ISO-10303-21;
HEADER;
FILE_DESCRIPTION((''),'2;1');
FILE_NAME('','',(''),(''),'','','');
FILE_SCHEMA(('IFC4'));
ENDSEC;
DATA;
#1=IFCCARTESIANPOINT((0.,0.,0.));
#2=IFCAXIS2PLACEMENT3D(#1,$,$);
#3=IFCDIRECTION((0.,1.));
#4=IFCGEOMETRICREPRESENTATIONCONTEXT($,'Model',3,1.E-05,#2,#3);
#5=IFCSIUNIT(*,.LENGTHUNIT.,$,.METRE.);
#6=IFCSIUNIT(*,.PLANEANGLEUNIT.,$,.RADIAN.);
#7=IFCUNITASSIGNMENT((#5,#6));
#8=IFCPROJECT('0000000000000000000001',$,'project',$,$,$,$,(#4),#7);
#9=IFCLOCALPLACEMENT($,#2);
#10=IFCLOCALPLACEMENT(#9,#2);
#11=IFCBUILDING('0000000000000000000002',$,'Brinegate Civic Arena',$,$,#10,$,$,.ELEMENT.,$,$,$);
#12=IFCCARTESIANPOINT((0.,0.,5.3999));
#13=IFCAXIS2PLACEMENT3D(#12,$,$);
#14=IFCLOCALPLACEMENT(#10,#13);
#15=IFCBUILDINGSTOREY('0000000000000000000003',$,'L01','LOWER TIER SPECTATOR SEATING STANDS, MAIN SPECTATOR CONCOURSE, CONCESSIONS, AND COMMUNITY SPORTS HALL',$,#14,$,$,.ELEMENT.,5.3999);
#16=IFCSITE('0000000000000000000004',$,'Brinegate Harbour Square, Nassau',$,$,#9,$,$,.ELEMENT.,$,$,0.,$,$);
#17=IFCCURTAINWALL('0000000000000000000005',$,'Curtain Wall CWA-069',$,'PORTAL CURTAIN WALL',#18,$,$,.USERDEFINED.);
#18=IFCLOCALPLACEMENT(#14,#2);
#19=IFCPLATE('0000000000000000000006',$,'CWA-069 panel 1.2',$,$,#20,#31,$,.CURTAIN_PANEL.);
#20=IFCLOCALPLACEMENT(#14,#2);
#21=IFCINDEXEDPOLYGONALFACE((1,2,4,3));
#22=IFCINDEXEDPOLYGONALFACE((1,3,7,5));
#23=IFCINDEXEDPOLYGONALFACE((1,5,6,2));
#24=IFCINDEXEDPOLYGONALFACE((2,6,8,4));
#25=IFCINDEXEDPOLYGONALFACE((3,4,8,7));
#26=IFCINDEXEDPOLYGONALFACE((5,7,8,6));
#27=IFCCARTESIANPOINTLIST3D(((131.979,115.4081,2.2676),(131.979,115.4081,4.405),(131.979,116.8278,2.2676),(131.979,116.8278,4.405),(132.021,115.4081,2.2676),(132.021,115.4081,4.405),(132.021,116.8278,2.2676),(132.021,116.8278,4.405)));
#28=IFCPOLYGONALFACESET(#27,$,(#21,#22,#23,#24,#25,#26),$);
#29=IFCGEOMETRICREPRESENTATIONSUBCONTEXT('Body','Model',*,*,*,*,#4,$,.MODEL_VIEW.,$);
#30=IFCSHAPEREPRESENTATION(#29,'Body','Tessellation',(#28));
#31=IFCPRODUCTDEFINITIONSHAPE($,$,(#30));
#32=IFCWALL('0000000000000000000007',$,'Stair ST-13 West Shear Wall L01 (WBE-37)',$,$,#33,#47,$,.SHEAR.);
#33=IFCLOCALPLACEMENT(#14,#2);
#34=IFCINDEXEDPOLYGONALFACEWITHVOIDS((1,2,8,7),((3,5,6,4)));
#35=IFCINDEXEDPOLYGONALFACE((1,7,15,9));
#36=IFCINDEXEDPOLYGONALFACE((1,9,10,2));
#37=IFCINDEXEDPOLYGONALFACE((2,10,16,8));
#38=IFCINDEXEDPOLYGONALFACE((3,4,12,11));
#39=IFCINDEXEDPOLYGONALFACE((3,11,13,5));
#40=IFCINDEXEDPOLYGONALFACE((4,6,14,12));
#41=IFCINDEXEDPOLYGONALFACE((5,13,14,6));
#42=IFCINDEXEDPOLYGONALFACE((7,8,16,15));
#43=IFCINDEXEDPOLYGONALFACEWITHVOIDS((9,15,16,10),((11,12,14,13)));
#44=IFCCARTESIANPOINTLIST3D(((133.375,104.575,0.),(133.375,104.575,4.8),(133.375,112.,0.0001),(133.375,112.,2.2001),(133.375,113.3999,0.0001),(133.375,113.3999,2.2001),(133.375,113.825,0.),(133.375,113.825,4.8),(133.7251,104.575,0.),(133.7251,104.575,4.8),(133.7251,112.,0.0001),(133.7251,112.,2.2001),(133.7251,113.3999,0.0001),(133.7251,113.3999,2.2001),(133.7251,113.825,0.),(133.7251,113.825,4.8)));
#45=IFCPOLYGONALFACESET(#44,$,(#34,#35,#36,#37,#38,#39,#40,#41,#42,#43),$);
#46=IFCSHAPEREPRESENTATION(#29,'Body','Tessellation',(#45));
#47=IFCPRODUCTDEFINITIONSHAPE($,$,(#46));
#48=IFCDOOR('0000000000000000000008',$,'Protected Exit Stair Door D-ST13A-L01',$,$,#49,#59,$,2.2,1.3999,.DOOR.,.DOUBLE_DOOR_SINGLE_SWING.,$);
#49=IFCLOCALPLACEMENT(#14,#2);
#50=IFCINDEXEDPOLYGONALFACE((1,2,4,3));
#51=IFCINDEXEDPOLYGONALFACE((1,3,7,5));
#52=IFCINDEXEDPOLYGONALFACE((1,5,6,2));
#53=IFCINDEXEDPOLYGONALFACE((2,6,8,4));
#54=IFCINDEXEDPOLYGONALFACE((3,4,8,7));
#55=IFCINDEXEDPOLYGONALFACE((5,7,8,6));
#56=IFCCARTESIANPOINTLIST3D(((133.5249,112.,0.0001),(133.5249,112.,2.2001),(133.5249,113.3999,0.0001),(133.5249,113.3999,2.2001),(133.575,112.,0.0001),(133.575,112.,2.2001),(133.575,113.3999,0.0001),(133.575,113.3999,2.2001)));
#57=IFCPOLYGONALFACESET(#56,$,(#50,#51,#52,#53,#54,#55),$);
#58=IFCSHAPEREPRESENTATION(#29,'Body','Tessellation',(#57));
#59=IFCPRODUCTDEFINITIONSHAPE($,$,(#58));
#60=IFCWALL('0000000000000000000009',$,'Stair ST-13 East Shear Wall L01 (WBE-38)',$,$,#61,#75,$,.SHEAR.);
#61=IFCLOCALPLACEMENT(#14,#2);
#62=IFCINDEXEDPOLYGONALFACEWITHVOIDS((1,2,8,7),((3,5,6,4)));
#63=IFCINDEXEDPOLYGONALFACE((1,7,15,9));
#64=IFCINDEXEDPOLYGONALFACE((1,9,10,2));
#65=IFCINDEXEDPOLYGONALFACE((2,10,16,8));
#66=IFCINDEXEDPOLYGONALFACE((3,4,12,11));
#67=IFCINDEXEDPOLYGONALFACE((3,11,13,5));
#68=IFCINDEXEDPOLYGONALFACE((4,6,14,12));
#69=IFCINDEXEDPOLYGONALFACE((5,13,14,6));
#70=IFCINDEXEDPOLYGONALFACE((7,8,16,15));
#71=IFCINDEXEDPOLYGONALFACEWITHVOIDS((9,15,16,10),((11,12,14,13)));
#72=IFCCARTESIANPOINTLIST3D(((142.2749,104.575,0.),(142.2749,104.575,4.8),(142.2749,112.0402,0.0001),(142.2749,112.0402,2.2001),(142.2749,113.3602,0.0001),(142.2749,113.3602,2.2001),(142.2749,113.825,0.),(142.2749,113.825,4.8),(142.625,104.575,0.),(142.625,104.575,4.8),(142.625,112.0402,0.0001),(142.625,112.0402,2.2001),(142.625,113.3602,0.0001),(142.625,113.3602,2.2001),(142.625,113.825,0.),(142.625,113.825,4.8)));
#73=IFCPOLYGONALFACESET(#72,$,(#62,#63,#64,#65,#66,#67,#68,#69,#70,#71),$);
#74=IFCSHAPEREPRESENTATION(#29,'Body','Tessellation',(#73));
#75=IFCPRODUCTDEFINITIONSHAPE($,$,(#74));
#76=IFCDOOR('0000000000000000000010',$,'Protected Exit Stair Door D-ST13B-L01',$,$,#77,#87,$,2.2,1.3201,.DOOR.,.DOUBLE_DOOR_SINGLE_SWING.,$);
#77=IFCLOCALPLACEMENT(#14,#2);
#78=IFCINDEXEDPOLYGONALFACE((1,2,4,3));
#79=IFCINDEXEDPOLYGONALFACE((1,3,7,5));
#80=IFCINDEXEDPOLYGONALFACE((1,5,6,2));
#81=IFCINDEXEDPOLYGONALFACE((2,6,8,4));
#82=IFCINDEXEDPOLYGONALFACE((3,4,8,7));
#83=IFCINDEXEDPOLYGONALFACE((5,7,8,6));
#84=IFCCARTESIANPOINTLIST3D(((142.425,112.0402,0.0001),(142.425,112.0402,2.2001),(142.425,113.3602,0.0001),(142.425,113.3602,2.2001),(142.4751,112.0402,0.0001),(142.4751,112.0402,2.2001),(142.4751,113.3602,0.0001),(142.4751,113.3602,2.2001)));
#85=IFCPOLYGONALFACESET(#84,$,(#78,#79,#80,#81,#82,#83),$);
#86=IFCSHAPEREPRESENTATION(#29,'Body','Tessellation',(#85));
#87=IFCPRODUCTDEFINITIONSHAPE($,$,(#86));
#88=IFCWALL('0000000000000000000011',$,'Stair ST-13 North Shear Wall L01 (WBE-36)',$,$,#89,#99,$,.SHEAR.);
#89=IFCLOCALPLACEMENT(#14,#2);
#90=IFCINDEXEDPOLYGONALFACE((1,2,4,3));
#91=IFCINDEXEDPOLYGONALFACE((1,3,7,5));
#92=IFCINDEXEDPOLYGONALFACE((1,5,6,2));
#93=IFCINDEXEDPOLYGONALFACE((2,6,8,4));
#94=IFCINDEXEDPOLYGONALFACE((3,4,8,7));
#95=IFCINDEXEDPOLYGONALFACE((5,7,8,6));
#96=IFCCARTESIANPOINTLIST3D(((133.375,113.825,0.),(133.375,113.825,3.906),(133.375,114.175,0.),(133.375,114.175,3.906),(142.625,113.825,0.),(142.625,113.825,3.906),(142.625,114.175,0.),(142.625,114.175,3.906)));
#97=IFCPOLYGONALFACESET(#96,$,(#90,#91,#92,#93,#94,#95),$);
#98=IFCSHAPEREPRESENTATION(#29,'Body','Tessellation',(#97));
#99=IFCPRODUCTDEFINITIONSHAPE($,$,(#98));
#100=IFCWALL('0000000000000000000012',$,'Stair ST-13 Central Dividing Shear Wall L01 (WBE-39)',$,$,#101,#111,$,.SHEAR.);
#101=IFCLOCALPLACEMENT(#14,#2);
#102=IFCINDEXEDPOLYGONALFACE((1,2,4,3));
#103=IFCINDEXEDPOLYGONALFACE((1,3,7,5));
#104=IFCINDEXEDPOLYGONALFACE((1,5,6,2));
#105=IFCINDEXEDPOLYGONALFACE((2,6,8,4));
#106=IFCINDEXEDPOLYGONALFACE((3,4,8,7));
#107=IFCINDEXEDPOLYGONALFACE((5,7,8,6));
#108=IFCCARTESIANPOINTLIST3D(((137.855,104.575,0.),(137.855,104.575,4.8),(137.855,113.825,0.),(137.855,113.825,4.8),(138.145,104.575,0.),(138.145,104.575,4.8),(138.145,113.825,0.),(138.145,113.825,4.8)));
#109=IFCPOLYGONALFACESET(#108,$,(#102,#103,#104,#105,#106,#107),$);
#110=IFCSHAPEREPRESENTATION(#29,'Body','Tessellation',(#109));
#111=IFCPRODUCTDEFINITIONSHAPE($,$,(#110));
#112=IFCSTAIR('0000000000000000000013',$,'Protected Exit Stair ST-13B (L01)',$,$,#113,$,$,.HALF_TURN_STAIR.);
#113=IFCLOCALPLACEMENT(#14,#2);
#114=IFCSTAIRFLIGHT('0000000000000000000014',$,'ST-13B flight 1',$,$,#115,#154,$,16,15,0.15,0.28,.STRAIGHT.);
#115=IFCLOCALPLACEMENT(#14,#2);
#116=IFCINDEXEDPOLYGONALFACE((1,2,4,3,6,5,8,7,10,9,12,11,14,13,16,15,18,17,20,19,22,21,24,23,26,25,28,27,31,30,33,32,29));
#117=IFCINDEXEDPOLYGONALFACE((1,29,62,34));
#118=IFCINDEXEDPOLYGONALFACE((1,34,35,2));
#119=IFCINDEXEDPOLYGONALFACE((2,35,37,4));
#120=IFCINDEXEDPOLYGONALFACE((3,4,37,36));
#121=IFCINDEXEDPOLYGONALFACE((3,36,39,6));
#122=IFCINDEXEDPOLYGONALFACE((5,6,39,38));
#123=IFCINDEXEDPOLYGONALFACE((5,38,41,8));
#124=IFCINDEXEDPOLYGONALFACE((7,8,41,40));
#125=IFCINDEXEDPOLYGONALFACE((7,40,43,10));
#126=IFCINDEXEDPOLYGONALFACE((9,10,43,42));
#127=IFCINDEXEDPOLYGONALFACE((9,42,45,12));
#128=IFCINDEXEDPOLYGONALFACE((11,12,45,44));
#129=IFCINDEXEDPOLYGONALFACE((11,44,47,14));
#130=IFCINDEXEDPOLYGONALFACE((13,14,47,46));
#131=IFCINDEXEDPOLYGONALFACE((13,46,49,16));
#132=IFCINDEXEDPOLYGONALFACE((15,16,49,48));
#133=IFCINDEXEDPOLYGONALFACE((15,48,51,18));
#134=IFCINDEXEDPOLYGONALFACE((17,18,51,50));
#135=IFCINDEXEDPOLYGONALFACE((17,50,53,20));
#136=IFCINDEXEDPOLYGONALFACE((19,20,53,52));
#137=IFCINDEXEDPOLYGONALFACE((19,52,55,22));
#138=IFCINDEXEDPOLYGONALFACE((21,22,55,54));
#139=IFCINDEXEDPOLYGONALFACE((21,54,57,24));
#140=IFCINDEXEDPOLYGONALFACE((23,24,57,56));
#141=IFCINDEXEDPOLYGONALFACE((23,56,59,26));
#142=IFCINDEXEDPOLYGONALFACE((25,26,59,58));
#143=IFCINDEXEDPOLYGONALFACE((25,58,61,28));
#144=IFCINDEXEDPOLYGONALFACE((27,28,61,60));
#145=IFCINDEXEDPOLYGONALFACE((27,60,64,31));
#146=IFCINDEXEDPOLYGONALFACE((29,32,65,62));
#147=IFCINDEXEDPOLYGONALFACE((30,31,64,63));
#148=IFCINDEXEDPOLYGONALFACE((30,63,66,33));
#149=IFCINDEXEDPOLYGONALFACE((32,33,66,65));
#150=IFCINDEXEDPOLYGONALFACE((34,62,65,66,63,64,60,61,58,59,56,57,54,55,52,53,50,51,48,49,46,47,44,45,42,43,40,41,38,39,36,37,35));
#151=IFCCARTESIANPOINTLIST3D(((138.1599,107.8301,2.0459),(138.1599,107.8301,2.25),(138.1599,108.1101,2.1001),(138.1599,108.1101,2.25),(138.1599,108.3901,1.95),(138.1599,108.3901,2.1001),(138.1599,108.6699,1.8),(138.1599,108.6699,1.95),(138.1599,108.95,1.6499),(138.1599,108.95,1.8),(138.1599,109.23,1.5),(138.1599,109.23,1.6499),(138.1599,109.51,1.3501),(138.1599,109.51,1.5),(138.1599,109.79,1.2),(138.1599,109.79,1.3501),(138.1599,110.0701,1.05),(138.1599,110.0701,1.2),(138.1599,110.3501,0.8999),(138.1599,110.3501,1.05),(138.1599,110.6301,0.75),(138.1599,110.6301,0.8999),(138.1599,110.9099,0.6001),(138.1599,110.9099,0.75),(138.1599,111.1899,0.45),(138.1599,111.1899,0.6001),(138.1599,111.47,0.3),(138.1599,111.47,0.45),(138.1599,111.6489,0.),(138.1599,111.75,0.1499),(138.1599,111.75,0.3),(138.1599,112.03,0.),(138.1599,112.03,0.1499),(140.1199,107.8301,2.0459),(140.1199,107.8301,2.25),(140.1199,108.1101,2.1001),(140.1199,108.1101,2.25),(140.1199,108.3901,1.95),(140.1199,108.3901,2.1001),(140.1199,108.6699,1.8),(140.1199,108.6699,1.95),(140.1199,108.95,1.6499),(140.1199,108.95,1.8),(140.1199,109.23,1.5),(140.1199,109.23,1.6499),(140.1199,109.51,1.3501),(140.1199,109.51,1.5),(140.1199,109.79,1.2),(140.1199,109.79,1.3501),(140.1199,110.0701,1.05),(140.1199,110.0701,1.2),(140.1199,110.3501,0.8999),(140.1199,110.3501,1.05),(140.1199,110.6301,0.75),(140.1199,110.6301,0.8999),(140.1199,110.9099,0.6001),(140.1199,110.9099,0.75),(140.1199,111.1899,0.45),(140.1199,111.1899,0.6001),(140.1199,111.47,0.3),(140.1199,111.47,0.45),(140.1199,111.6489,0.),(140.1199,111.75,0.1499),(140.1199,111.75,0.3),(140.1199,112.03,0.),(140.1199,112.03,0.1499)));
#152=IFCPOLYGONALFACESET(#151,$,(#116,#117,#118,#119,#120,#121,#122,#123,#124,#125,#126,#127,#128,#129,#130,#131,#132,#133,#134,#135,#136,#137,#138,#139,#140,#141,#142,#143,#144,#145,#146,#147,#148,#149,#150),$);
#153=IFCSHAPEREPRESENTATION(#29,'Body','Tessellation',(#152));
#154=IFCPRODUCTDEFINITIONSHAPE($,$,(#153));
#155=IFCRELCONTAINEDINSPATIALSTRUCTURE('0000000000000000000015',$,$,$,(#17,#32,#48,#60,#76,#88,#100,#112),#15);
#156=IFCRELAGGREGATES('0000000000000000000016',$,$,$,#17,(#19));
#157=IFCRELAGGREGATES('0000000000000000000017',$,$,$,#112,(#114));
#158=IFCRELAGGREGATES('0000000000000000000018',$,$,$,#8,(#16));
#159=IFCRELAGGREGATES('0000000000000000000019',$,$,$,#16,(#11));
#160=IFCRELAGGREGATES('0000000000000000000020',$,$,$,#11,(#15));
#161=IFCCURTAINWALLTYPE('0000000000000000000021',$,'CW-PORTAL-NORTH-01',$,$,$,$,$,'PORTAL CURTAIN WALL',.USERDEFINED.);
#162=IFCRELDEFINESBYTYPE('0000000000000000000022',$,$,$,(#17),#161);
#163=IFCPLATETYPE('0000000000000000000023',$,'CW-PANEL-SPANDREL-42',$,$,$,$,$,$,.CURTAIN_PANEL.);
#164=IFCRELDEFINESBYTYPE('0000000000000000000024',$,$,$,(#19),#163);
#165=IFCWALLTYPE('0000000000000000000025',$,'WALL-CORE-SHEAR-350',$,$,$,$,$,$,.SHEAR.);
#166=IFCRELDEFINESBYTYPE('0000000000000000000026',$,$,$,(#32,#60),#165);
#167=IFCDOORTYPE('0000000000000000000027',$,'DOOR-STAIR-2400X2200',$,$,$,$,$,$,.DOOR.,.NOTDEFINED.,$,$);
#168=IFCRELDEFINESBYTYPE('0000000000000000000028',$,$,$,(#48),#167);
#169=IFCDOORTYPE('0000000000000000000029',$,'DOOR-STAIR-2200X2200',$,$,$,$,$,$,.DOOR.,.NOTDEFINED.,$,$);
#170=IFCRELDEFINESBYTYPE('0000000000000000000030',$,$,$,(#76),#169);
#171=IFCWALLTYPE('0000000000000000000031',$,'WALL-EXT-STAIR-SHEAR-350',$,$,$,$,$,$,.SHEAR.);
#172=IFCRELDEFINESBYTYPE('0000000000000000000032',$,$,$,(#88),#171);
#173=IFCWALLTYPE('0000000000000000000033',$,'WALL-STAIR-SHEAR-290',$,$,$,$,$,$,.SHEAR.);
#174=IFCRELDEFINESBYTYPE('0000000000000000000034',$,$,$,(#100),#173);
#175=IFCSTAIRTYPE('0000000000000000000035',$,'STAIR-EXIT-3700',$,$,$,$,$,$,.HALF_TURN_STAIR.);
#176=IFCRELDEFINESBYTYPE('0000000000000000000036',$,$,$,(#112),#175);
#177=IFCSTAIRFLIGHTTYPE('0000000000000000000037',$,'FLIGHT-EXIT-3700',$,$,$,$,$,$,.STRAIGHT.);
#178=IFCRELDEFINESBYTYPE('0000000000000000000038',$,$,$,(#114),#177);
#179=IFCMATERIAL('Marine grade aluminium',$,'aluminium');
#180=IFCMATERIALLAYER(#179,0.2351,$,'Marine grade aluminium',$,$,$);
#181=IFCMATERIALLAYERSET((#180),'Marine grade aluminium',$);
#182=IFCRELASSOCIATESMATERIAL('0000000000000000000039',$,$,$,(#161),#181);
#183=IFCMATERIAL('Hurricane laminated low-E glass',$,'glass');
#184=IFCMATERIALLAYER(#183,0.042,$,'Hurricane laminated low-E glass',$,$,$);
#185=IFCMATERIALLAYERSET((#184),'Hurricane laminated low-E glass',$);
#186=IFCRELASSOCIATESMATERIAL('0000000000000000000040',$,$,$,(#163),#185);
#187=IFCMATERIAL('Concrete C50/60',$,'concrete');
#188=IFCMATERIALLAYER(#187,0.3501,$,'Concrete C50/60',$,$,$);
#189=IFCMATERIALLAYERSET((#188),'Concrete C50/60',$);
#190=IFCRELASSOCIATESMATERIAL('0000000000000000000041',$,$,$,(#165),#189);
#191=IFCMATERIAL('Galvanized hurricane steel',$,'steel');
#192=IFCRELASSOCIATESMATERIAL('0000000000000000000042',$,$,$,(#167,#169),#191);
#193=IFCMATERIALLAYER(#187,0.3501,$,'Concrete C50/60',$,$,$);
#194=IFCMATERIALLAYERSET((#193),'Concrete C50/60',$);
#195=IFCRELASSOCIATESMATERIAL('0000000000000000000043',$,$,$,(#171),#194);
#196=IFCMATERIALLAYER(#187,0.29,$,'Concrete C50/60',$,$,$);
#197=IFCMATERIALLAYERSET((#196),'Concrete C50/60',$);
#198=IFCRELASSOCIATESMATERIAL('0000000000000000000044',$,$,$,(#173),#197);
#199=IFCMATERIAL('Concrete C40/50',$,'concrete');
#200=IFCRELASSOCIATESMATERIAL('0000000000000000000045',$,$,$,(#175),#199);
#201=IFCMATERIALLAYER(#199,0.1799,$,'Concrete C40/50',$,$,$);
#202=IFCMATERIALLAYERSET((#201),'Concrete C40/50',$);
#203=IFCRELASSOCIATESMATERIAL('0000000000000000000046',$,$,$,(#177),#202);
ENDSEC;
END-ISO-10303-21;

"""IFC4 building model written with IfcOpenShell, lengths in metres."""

from ifc_helpers import new_model, si_unit, direction, frame, frame_2d, origin, origin_2d, place, context, subcontext, project, spatial, polyline, rectangle, outline, extrude, material, layer, layer_set, type_object, element, fill, aggregate, save


model = new_model("IFC4")

# Units and contexts
model_context = context("Model", 3, precision=1e-05, world=origin(), true_north=direction((0.0, 1.0)))
body_context = subcontext(model_context, "Body", "Model", "MODEL_VIEW")
ifc_project = project(units=[si_unit("LENGTHUNIT", "METRE"), si_unit("PLANEANGLEUNIT", "RADIAN")], contexts=[model_context])

# Site, building, storey
site_placement = place(None, origin())
site = spatial("IfcSite", under=ifc_project, at=site_placement, Name="Brinegate Harbour Square, Nassau", CompositionType="ELEMENT", RefElevation=0.0)
building_placement = place(site_placement, origin())
building = spatial("IfcBuilding", under=site, at=building_placement, Name="Brinegate Civic Arena", CompositionType="ELEMENT")
storey_placement = place(building_placement, frame((0.0, 0.0, 5.3999)))
storey = spatial("IfcBuildingStorey", under=building, at=storey_placement, Name="L01", Description="LOWER TIER SPECTATOR SEATING STANDS, MAIN SPECTATOR CONCOURSE, CONCESSIONS, AND COMMUNITY SPORTS HALL", CompositionType="ELEMENT", Elevation=5.3999)

# Shared definitions
ifc_material_1 = material(Name="Concrete C50/60", Category="concrete")

# Curtain wall
ifc_material_2 = material(Name="Marine grade aluminium", Category="aluminium")
ifc_layer_1 = layer(ifc_material_2, 0.2351, Name="Marine grade aluminium")
ifc_layer_set_1 = layer_set([ifc_layer_1], Name="Marine grade aluminium")
curtain_wall_type = type_object("IfcCurtainWallType", Name="CW-PORTAL-NORTH-01", ElementType="PORTAL CURTAIN WALL", PredefinedType="USERDEFINED", material=ifc_layer_set_1)
curtain_wall_placement = place(storey_placement, origin())
curtain_wall = element("IfcCurtainWall", 1, at=curtain_wall_placement, inside=storey, type_object=curtain_wall_type, Name="Curtain Wall CWA-069", ObjectType="PORTAL CURTAIN WALL", PredefinedType="USERDEFINED")

# Plate
ifc_material_3 = material(Name="Hurricane laminated low-E glass", Category="glass")
ifc_layer_2 = layer(ifc_material_3, 0.042, Name="Hurricane laminated low-E glass")
ifc_layer_set_2 = layer_set([ifc_layer_2], Name="Hurricane laminated low-E glass")
plate_type = type_object("IfcPlateType", Name="CW-PANEL-SPANDREL-42", PredefinedType="CURTAIN_PANEL", material=ifc_layer_set_2)
plate_1_placement = place(storey_placement, frame((132.0, 116.1179, 2.2676), z_axis=(0.0, 0.0, 1.0), x_axis=(0.0, 1.0, 0.0)))
plate_1 = element("IfcPlate", 2, at=plate_1_placement, type_object=plate_type, Name="CWA-069 panel 1.2", PredefinedType="CURTAIN_PANEL", context=body_context, shape_type="SweptSolid", body=[
    extrude(rectangle(XDim=1.4197, YDim=0.042, at=origin_2d()), origin(), (0.0, 0.0, 1.0), 2.1375),
])
aggregate(curtain_wall, [plate_1])

# Walls, openings, doors
ifc_layer_3 = layer(ifc_material_1, 0.3501, Name="Concrete C50/60")
ifc_layer_set_3 = layer_set([ifc_layer_3], Name="Concrete C50/60")
wall_type_1 = type_object("IfcWallType", Name="WALL-CORE-SHEAR-350", PredefinedType="SHEAR", material=ifc_layer_set_3)
wall_1_placement = place(storey_placement, frame((133.55, 104.575, 0.0), z_axis=(0.0, 0.0, 1.0), x_axis=(0.0, 1.0, 0.0)))
wall_1 = element("IfcWall", 3, at=wall_1_placement, inside=storey, type_object=wall_type_1, Name="Stair ST-13 West Shear Wall L01 (WBE-37)", PredefinedType="SHEAR", context=body_context, shape_type="SweptSolid", body=[
    extrude(rectangle(XDim=9.25, YDim=0.3501, at=frame_2d((4.625, 0.0))), origin(), (0.0, 0.0, 1.0), 4.8),
])
opening_1_placement = place(wall_1_placement, frame((7.425, 0.0, 0.0)))
opening_1 = element("IfcOpeningElement", 4, at=opening_1_placement, cuts=wall_1, PredefinedType="OPENING", context=body_context, shape_type="SweptSolid", body=[
    extrude(rectangle(XDim=1.3999, YDim=2.2, at=frame_2d((0.7, 1.1001))), frame((0.0, 0.1851, 0.0), z_axis=(0.0, -1.0, 0.0), x_axis=(1.0, 0.0, 0.0)), (0.0, 0.0, 1.0), 0.3701),
])
ifc_material_4 = material(Name="Galvanized hurricane steel", Category="steel")
door_type_1 = type_object("IfcDoorType", Name="DOOR-STAIR-2400X2200", OperationType="NOTDEFINED", PredefinedType="DOOR", material=ifc_material_4)
door_1_placement = place(opening_1_placement, frame((1.3999, 0.0, 0.0), z_axis=(0.0, 0.0, 1.0), x_axis=(-1.0, 0.0, 0.0)))
door_1 = element("IfcDoor", 5, at=door_1_placement, inside=storey, type_object=door_type_1, Name="Protected Exit Stair Door D-ST13A-L01", OperationType="DOUBLE_DOOR_SINGLE_SWING", OverallHeight=2.2, OverallWidth=1.3999, PredefinedType="DOOR", context=body_context, shape_type="SweptSolid", body=[
    extrude(rectangle(XDim=1.3999, YDim=2.2, at=frame_2d((0.7, 1.1001))), frame((0.0, 0.0249, 0.0), z_axis=(0.0, -1.0, 0.0), x_axis=(1.0, 0.0, 0.0)), (0.0, 0.0, 1.0), 0.05),
])
fill(opening_1, door_1)
wall_2_placement = place(storey_placement, frame((142.45, 104.575, 0.0), z_axis=(0.0, 0.0, 1.0), x_axis=(0.0, 1.0, 0.0)))
wall_2 = element("IfcWall", 6, at=wall_2_placement, inside=storey, type_object=wall_type_1, Name="Stair ST-13 East Shear Wall L01 (WBE-38)", PredefinedType="SHEAR", context=body_context, shape_type="SweptSolid", body=[
    extrude(rectangle(XDim=9.25, YDim=0.3501, at=frame_2d((4.625, 0.0))), origin(), (0.0, 0.0, 1.0), 4.8),
])
opening_2_placement = place(wall_2_placement, frame((7.4651, 0.0, 0.0)))
opening_2 = element("IfcOpeningElement", 7, at=opening_2_placement, cuts=wall_2, PredefinedType="OPENING", context=body_context, shape_type="SweptSolid", body=[
    extrude(rectangle(XDim=1.3201, YDim=2.2, at=frame_2d((0.6602, 1.1001))), frame((0.0, 0.1851, 0.0), z_axis=(0.0, -1.0, 0.0), x_axis=(1.0, 0.0, 0.0)), (0.0, 0.0, 1.0), 0.3701),
])
door_type_2 = type_object("IfcDoorType", Name="DOOR-STAIR-2200X2200", OperationType="NOTDEFINED", PredefinedType="DOOR", material=ifc_material_4)
door_2_placement = place(opening_2_placement, origin())
door_2 = element("IfcDoor", 8, at=door_2_placement, inside=storey, type_object=door_type_2, Name="Protected Exit Stair Door D-ST13B-L01", OperationType="DOUBLE_DOOR_SINGLE_SWING", OverallHeight=2.2, OverallWidth=1.3201, PredefinedType="DOOR", context=body_context, shape_type="SweptSolid", body=[
    extrude(rectangle(XDim=1.3201, YDim=2.2, at=frame_2d((0.6602, 1.1001))), frame((0.0, 0.0249, 0.0), z_axis=(0.0, -1.0, 0.0), x_axis=(1.0, 0.0, 0.0)), (0.0, 0.0, 1.0), 0.05),
])
fill(opening_2, door_2)

# Walls
ifc_layer_4 = layer(ifc_material_1, 0.3501, Name="Concrete C50/60")
ifc_layer_set_4 = layer_set([ifc_layer_4], Name="Concrete C50/60")
wall_type_2 = type_object("IfcWallType", Name="WALL-EXT-STAIR-SHEAR-350", PredefinedType="SHEAR", material=ifc_layer_set_4)
wall_3_placement = place(storey_placement, frame((133.375, 114.0, 0.0), z_axis=(0.0, 0.0, 1.0), x_axis=(1.0, 0.0, 0.0)))
element("IfcWall", 9, at=wall_3_placement, inside=storey, type_object=wall_type_2, Name="Stair ST-13 North Shear Wall L01 (WBE-36)", PredefinedType="SHEAR", context=body_context, shape_type="SweptSolid", body=[
    extrude(rectangle(XDim=9.25, YDim=0.3501, at=frame_2d((4.625, 0.0))), origin(), (0.0, 0.0, 1.0), 3.906),
])
ifc_layer_5 = layer(ifc_material_1, 0.29, Name="Concrete C50/60")
ifc_layer_set_5 = layer_set([ifc_layer_5], Name="Concrete C50/60")
wall_type_3 = type_object("IfcWallType", Name="WALL-STAIR-SHEAR-290", PredefinedType="SHEAR", material=ifc_layer_set_5)
wall_4_placement = place(storey_placement, frame((138.0, 104.575, 0.0), z_axis=(0.0, 0.0, 1.0), x_axis=(0.0, 1.0, 0.0)))
element("IfcWall", 10, at=wall_4_placement, inside=storey, type_object=wall_type_3, Name="Stair ST-13 Central Dividing Shear Wall L01 (WBE-39)", PredefinedType="SHEAR", context=body_context, shape_type="SweptSolid", body=[
    extrude(rectangle(XDim=9.25, YDim=0.29, at=frame_2d((4.625, 0.0))), origin(), (0.0, 0.0, 1.0), 4.8),
])

# Stair, stair flight
ifc_material_5 = material(Name="Concrete C40/50", Category="concrete")
stair_type_1 = type_object("IfcStairType", Name="STAIR-EXIT-3700", PredefinedType="HALF_TURN_STAIR", material=ifc_material_5)
stair_1_placement = place(storey_placement, origin())
stair_1 = element("IfcStair", 11, at=stair_1_placement, inside=storey, type_object=stair_type_1, Name="Protected Exit Stair ST-13B (L01)", PredefinedType="HALF_TURN_STAIR")
ifc_layer_6 = layer(ifc_material_5, 0.1799, Name="Concrete C40/50")
ifc_layer_set_6 = layer_set([ifc_layer_6], Name="Concrete C40/50")
stair_flight_type_1 = type_object("IfcStairFlightType", Name="FLIGHT-EXIT-3700", PredefinedType="STRAIGHT", material=ifc_layer_set_6)
stair_flight_1_placement = place(storey_placement, frame((139.1399, 112.03, 0.0), z_axis=(0.0, 0.0, 1.0), x_axis=(0.0, -1.0, 0.0)))
stair_flight_1 = element("IfcStairFlight", 12, at=stair_flight_1_placement, type_object=stair_flight_type_1, Name="ST-13B flight 1", NumberOfRisers=16, NumberOfTreads=15, PredefinedType="STRAIGHT", RiserHeight=0.15, TreadLength=0.28, context=body_context, shape_type="SweptSolid", body=[
    extrude(outline(polyline([(0.0, 0.0), (0.0, 0.1499), (0.28, 0.1499), (0.28, 0.3), (0.5601, 0.3), (0.5601, 0.45), (0.8401, 0.45), (0.8401, 0.6001), (1.1201, 0.6001), (1.1201, 0.75), (1.3999, 0.75), (1.3999, 0.8999), (1.6799, 0.8999), (1.6799, 1.05), (1.96, 1.05), (1.96, 1.2), (2.24, 1.2), (2.24, 1.3501), (2.52, 1.3501), (2.52, 1.5), (2.8, 1.5), (2.8, 1.6499), (3.0801, 1.6499), (3.0801, 1.8), (3.3601, 1.8), (3.3601, 1.95), (3.6399, 1.95), (3.6399, 2.1001), (3.9199, 2.1001), (3.9199, 2.25), (4.2, 2.25), (4.2, 2.3999), (4.2, 2.0459), (0.3811, 0.0), (0.0, 0.0)])), frame((0.0, 0.98, 0.0), z_axis=(0.0, -1.0, 0.0), x_axis=(1.0, 0.0, 0.0)), (0.0, 0.0, 1.0), 1.96),
])
aggregate(stair_1, [stair_flight_1])

save(model, "model.ifc")
